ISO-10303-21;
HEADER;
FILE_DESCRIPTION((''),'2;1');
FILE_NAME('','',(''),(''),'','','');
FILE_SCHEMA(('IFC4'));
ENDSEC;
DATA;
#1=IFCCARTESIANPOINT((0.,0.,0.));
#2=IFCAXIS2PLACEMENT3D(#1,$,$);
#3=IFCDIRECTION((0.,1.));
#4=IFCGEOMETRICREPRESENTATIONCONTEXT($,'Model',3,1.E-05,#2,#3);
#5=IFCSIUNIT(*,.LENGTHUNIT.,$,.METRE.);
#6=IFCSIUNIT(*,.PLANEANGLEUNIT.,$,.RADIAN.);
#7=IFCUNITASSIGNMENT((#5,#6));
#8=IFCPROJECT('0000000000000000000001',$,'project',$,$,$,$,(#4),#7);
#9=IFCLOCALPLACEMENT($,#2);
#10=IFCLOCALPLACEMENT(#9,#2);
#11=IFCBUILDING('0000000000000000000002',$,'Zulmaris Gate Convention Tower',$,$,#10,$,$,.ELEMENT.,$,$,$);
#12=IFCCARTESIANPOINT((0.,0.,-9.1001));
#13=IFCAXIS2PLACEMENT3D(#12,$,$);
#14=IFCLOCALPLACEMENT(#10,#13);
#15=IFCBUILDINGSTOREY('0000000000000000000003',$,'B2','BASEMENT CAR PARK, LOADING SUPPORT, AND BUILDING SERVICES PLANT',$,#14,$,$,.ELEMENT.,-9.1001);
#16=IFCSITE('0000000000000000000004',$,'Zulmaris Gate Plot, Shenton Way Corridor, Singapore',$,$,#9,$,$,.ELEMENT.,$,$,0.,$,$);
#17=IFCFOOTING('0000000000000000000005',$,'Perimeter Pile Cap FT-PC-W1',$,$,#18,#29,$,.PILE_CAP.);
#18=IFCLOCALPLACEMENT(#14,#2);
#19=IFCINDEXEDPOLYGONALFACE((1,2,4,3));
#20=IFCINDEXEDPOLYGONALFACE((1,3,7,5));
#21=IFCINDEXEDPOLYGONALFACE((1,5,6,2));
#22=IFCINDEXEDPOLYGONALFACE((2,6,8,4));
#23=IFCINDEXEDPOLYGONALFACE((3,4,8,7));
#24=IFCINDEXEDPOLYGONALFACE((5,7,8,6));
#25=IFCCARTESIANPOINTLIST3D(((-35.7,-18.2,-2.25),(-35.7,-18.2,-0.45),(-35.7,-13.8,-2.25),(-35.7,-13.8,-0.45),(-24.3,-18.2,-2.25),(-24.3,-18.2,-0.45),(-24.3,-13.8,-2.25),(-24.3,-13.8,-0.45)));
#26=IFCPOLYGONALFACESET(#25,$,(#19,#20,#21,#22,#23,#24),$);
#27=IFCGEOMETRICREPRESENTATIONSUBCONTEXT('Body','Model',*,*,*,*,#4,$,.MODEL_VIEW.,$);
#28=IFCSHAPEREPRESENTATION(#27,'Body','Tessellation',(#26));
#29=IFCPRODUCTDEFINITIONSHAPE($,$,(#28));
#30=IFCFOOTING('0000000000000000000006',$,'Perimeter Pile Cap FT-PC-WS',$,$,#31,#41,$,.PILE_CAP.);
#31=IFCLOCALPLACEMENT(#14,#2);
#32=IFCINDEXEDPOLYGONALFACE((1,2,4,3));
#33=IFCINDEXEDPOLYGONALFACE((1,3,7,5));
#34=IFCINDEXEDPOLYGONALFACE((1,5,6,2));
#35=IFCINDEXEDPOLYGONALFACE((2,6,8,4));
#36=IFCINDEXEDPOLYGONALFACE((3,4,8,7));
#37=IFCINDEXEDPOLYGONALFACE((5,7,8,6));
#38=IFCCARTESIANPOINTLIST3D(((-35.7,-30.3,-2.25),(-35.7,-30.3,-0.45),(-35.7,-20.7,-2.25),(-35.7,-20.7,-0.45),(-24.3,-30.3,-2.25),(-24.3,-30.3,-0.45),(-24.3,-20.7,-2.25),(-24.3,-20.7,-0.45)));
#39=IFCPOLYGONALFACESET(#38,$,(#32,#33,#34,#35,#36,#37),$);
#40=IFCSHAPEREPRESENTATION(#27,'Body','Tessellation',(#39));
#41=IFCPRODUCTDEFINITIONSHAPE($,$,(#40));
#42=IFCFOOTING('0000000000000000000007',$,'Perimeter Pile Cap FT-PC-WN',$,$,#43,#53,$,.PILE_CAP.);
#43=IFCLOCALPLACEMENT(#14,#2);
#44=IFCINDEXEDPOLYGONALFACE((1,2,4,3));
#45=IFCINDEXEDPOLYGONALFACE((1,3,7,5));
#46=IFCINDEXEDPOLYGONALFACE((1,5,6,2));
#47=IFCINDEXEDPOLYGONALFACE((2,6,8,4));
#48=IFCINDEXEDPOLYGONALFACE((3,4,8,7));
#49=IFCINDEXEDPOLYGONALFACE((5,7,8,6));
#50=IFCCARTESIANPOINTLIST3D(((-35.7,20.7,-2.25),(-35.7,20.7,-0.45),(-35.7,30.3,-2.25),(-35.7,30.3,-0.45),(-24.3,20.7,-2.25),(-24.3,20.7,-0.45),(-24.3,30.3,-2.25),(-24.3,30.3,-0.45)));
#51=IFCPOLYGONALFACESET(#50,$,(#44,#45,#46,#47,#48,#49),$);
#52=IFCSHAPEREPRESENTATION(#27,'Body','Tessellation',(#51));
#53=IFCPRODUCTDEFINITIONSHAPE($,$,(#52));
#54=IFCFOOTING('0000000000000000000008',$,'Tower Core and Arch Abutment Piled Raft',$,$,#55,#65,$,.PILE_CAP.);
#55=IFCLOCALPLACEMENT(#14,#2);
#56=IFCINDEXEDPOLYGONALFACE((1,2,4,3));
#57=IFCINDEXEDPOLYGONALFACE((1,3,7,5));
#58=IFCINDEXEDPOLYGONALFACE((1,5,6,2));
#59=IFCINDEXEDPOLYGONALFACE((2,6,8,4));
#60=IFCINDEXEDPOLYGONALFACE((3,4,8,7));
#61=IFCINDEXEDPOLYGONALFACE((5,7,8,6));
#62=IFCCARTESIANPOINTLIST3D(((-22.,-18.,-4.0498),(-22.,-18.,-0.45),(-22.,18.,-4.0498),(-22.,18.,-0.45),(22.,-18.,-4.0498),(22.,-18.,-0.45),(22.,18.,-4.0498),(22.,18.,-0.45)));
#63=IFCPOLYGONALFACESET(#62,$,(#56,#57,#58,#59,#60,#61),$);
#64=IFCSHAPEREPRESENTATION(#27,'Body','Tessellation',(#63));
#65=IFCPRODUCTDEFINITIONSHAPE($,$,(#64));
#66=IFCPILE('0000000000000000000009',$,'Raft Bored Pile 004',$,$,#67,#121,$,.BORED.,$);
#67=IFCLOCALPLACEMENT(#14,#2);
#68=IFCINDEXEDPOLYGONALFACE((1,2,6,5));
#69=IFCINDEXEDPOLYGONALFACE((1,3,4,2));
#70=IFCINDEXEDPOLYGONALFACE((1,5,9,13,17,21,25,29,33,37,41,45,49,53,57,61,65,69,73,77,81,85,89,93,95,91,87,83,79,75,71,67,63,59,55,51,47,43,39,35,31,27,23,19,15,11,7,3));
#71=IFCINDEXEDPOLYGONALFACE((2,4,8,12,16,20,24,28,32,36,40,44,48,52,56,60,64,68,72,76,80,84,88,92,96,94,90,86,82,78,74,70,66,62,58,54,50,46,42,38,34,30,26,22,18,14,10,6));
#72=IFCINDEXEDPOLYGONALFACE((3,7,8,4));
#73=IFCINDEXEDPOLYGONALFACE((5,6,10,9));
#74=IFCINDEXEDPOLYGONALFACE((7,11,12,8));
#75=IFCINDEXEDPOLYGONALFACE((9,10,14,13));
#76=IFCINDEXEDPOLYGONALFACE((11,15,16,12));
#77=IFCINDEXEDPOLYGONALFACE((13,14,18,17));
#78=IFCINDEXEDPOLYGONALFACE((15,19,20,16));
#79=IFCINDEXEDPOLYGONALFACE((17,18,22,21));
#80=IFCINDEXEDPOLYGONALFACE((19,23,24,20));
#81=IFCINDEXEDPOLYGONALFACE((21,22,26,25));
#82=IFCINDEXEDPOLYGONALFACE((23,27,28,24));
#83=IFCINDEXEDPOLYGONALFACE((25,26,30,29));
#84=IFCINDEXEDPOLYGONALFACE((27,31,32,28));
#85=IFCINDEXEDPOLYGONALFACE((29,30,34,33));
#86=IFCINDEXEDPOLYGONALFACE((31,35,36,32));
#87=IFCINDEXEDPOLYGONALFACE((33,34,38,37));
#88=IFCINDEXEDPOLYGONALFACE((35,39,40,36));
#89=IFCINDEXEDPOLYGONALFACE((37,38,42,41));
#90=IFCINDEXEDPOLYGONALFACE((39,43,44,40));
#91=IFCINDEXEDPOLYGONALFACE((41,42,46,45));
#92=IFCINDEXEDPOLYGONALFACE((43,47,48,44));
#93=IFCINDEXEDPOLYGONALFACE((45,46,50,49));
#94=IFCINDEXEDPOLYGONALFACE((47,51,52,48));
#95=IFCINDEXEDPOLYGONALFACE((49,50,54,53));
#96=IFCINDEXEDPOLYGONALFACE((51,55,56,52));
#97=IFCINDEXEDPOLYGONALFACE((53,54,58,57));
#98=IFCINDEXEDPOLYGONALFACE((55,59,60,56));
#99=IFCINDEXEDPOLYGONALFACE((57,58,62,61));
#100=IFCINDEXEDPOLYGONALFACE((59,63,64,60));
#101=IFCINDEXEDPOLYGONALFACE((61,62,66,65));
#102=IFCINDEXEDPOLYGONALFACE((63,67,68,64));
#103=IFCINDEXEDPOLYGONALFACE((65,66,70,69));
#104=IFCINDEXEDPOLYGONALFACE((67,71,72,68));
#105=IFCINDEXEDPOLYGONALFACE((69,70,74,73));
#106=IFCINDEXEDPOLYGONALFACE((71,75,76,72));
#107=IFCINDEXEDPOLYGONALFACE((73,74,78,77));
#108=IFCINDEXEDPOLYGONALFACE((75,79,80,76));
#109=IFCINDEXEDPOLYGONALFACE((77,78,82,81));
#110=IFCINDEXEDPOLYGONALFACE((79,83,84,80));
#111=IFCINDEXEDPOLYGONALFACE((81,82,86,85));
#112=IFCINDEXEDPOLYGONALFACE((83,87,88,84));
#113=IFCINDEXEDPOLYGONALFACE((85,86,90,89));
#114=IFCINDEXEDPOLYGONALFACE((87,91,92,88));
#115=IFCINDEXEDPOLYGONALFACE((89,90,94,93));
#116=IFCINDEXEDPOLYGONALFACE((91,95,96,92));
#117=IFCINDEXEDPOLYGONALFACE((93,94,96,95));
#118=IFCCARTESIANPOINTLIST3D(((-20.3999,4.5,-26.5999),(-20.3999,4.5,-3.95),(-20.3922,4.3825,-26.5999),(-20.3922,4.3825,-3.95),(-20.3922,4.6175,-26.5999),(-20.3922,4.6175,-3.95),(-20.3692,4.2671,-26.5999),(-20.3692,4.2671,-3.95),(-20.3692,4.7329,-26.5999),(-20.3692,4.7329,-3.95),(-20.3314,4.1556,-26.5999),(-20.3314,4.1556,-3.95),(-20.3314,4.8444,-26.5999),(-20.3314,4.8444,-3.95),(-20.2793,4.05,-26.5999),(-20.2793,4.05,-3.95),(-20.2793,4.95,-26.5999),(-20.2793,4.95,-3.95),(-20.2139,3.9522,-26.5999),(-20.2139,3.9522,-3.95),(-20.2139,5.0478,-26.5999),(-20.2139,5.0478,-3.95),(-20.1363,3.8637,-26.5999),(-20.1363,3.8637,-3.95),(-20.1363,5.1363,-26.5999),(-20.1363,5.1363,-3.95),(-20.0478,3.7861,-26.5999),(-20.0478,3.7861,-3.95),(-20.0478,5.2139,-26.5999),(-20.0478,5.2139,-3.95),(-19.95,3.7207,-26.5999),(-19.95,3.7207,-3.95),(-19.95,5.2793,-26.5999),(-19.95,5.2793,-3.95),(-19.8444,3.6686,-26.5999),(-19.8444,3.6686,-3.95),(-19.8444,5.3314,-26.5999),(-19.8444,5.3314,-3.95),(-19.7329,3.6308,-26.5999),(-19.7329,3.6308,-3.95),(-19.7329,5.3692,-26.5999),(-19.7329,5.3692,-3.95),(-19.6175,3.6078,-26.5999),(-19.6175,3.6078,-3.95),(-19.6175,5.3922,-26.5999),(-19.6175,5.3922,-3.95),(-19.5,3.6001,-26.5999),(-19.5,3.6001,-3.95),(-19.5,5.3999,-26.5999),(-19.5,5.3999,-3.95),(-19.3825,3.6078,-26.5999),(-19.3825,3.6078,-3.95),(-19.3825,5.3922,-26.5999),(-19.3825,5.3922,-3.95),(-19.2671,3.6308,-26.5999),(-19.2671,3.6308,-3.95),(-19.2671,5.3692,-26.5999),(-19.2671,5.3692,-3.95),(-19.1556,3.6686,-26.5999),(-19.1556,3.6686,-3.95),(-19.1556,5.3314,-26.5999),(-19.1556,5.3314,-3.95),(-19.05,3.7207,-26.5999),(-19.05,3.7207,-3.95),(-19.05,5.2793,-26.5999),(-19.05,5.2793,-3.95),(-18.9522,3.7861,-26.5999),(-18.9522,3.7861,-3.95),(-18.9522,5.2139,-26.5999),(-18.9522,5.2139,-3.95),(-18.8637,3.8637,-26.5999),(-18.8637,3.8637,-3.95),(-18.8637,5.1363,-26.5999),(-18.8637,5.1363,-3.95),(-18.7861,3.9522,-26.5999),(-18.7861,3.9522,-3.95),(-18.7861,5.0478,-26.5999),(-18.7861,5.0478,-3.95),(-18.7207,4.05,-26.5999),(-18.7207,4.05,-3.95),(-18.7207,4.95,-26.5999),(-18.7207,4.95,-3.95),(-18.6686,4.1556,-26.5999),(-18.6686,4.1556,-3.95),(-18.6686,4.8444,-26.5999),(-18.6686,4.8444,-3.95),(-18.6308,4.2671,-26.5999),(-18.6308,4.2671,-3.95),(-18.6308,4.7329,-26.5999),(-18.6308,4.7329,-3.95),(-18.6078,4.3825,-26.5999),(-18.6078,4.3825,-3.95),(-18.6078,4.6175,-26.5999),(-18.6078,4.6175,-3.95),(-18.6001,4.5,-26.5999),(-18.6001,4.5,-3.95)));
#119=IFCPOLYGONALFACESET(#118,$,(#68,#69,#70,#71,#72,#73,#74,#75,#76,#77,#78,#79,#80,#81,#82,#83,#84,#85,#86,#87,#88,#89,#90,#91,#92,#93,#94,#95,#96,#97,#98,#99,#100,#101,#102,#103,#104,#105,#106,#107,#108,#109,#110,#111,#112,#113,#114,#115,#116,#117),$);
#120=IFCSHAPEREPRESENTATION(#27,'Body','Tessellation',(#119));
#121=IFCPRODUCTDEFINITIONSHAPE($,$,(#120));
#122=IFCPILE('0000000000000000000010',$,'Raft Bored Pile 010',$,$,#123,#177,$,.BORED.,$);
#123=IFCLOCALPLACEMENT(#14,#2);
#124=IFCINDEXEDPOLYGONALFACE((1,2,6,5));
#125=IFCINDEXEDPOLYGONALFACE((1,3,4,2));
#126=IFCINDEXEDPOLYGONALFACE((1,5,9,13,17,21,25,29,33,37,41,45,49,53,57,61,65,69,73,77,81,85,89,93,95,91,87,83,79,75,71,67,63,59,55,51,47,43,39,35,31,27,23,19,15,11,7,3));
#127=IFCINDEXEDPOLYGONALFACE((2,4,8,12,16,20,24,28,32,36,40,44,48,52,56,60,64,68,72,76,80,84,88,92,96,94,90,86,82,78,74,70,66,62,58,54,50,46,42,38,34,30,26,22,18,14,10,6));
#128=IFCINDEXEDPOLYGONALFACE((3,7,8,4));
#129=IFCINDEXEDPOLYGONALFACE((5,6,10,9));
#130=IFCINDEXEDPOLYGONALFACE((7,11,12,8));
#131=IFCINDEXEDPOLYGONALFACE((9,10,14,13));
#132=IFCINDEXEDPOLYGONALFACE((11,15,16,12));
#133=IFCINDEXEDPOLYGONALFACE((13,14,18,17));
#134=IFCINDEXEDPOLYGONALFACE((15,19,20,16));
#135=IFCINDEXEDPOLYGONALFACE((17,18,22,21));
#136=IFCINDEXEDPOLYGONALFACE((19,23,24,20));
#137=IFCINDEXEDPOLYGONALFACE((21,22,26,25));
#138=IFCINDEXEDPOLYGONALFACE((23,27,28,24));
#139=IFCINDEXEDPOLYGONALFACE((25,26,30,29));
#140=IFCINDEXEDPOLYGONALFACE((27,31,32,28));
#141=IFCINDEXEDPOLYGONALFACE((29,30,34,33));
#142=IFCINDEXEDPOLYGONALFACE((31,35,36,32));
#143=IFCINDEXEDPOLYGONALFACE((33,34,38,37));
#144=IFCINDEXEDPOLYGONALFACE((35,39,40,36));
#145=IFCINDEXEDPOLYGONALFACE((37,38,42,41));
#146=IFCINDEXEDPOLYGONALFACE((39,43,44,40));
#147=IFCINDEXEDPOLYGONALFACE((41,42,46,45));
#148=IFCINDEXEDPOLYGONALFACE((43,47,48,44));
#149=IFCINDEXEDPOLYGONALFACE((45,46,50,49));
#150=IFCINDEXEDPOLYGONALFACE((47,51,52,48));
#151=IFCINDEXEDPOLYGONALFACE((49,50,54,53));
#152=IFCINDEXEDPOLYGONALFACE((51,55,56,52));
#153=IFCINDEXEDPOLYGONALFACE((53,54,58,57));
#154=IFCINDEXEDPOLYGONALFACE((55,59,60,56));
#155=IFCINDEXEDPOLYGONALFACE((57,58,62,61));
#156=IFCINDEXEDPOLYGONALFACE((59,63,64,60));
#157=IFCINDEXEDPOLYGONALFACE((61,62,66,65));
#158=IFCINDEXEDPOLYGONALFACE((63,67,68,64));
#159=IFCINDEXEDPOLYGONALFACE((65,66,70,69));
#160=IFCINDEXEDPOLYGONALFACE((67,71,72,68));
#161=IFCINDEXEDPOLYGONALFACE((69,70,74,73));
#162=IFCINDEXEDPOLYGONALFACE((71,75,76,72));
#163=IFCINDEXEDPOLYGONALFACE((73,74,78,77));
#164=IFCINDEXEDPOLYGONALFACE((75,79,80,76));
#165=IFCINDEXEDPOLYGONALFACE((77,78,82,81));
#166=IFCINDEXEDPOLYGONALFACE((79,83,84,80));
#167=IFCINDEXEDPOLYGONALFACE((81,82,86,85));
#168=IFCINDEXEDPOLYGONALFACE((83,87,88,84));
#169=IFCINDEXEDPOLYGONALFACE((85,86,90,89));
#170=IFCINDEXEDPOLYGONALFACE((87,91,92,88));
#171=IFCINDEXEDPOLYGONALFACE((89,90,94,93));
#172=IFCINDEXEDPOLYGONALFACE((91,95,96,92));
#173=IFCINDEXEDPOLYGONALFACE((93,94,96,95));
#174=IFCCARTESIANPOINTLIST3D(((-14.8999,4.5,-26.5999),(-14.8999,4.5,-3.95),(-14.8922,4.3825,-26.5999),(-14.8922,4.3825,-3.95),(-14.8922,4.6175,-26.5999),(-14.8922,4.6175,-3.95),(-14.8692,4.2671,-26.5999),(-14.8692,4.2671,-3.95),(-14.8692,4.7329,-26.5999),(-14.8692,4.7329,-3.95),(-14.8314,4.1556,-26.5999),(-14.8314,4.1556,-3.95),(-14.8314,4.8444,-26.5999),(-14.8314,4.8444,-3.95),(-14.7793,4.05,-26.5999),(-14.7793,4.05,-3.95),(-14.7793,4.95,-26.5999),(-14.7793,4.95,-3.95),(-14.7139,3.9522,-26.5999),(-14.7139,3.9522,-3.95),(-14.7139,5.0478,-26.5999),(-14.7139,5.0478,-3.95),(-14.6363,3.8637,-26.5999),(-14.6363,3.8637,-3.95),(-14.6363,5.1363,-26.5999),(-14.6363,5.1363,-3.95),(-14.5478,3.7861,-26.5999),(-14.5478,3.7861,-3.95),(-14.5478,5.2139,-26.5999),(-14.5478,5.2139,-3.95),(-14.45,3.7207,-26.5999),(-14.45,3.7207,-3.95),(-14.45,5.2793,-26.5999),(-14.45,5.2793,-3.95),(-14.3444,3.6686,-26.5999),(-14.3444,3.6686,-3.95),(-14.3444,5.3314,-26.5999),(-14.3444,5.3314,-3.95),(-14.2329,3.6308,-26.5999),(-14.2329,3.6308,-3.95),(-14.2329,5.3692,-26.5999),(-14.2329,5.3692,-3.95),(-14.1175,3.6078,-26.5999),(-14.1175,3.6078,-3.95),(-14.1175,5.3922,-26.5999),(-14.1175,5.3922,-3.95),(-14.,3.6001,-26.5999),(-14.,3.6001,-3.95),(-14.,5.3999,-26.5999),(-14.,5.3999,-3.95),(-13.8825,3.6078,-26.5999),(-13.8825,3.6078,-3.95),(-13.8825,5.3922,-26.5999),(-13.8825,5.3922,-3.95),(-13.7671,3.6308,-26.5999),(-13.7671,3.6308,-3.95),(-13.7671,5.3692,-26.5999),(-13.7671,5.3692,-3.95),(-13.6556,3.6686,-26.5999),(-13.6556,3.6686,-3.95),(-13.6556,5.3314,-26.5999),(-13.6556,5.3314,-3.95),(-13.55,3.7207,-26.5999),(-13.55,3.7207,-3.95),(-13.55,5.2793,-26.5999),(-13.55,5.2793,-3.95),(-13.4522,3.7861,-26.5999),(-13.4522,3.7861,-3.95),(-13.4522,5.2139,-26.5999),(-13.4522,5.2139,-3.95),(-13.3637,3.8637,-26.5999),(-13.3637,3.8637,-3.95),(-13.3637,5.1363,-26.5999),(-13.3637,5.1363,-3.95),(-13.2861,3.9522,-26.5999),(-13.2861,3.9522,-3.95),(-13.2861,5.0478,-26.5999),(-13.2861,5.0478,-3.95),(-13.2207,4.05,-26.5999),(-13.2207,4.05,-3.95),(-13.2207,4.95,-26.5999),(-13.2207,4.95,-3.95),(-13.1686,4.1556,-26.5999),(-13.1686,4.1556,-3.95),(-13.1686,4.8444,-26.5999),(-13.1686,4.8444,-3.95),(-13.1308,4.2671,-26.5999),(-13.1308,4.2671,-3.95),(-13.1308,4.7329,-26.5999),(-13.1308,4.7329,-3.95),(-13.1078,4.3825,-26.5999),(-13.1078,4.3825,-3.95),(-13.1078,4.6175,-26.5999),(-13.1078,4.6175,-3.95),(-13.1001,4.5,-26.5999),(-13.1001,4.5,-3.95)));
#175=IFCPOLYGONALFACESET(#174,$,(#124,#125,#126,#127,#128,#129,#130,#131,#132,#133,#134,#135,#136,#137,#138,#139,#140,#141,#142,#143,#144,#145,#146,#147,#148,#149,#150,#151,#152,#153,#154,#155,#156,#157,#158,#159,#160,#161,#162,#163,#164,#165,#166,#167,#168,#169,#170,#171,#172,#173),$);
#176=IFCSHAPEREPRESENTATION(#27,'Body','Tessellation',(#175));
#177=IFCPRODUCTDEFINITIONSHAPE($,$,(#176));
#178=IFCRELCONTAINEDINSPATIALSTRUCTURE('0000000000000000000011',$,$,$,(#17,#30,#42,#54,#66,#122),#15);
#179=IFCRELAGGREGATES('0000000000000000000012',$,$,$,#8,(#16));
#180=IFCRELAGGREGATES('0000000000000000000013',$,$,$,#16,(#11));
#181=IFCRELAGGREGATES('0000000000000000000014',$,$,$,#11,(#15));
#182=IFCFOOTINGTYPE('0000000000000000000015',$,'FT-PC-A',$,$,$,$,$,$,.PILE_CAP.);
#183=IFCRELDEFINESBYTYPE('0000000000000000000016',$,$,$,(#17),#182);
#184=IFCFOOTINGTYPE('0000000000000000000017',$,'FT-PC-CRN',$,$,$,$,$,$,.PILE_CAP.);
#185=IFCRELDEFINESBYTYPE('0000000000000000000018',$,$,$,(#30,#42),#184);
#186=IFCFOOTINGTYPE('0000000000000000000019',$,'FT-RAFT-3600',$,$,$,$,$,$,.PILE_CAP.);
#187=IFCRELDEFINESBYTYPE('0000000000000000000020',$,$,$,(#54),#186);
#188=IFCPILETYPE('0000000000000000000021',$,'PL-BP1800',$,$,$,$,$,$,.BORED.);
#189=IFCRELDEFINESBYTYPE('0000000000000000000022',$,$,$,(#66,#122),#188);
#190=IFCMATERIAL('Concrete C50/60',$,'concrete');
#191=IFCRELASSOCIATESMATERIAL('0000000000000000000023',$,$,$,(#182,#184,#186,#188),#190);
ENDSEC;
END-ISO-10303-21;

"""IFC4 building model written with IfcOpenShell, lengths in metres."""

from ifc_helpers import new_model, si_unit, direction, frame, origin, origin_2d, place, context, subcontext, project, spatial, polyline, circle, outline, extrude, material, material_profile, profile_set, type_object, element, save


model = new_model("IFC4")

# Units and contexts
model_context = context("Model", 3, precision=1e-05, world=origin(), true_north=direction((0.0, 1.0)))
body_context = subcontext(model_context, "Body", "Model", "MODEL_VIEW")
ifc_project = project(units=[si_unit("LENGTHUNIT", "METRE"), si_unit("PLANEANGLEUNIT", "RADIAN")], contexts=[model_context])

# Site, building, storey
site_placement = place(None, origin())
site = spatial("IfcSite", under=ifc_project, at=site_placement, Name="Zulmaris Gate Plot, Shenton Way Corridor, Singapore", CompositionType="ELEMENT", RefElevation=0.0)
building_placement = place(site_placement, origin())
building = spatial("IfcBuilding", under=site, at=building_placement, Name="Zulmaris Gate Convention Tower", CompositionType="ELEMENT")
storey_placement = place(building_placement, frame((0.0, 0.0, -9.1001)))
storey = spatial("IfcBuildingStorey", under=building, at=storey_placement, Name="B2", Description="BASEMENT CAR PARK, LOADING SUPPORT, AND BUILDING SERVICES PLANT", CompositionType="ELEMENT", Elevation=-9.1001)

# Footings
ifc_material_1 = material(Name="Concrete C50/60", Category="concrete")
footing_type_1 = type_object("IfcFootingType", Name="FT-PC-A", PredefinedType="PILE_CAP", material=ifc_material_1)
footing_1_placement = place(storey_placement, frame((0.0, 0.0, -2.25)))
element("IfcFooting", 1, at=footing_1_placement, inside=storey, type_object=footing_type_1, Name="Perimeter Pile Cap FT-PC-W1", PredefinedType="PILE_CAP", context=body_context, shape_type="SweptSolid", body=[
    extrude(outline(polyline([(-35.7, -18.2), (-24.3, -18.2), (-24.3, -13.8), (-35.7, -13.8), (-35.7, -18.2)])), origin(), (0.0, 0.0, 1.0), 1.8),
])
footing_type_2 = type_object("IfcFootingType", Name="FT-PC-CRN", PredefinedType="PILE_CAP", material=ifc_material_1)
footing_2_placement = place(storey_placement, frame((0.0, 0.0, -2.25)))
element("IfcFooting", 2, at=footing_2_placement, inside=storey, type_object=footing_type_2, Name="Perimeter Pile Cap FT-PC-WS", PredefinedType="PILE_CAP", context=body_context, shape_type="SweptSolid", body=[
    extrude(outline(polyline([(-35.7, -30.3), (-24.3, -30.3), (-24.3, -20.7), (-35.7, -20.7), (-35.7, -30.3)])), origin(), (0.0, 0.0, 1.0), 1.8),
])
footing_3_placement = place(storey_placement, frame((0.0, 0.0, -2.25)))
element("IfcFooting", 3, at=footing_3_placement, inside=storey, type_object=footing_type_2, Name="Perimeter Pile Cap FT-PC-WN", PredefinedType="PILE_CAP", context=body_context, shape_type="SweptSolid", body=[
    extrude(outline(polyline([(-35.7, 20.7), (-24.3, 20.7), (-24.3, 30.3), (-35.7, 30.3), (-35.7, 20.7)])), origin(), (0.0, 0.0, 1.0), 1.8),
])
footing_type_3 = type_object("IfcFootingType", Name="FT-RAFT-3600", PredefinedType="PILE_CAP", material=ifc_material_1)
footing_4_placement = place(storey_placement, frame((0.0, 0.0, -4.0498)))
element("IfcFooting", 4, at=footing_4_placement, inside=storey, type_object=footing_type_3, Name="Tower Core and Arch Abutment Piled Raft", PredefinedType="PILE_CAP", context=body_context, shape_type="SweptSolid", body=[
    extrude(outline(polyline([(-22.0, -18.0), (22.0, -18.0), (22.0, 18.0), (-22.0, 18.0), (-22.0, -18.0)])), origin(), (0.0, 0.0, 1.0), 3.5999),
])

# Piles
ifc_material_profile_1 = material_profile(ifc_material_1, circle(Radius=0.8999, at=origin_2d()), Name="BORED PILE 1800")
ifc_profile_set_1 = profile_set([ifc_material_profile_1], Name="Concrete C50/60")
pile_type = type_object("IfcPileType", Name="PL-BP1800", PredefinedType="BORED", material=ifc_profile_set_1)
for number, where, z_axis, x_axis, name in (
    (5, (-19.5, 4.5, -3.95), (0.0, 0.0, -1.0), (1.0, 0.0, 0.0), "Raft Bored Pile 004"),
    (6, (-14.0, 4.5, -3.95), (0.0, 0.0, -1.0), (1.0, 0.0, 0.0), "Raft Bored Pile 010"),
):
    element("IfcPile", number, at=place(storey_placement, frame(where, z_axis=z_axis, x_axis=x_axis)), inside=storey, type_object=pile_type, Name=name, PredefinedType="BORED", context=body_context, shape_type="SweptSolid", body=[
        extrude(circle(Radius=0.8999, at=origin_2d()), origin(), (0.0, 0.0, 1.0), 22.6499),
    ])

save(model, "model.ifc")
